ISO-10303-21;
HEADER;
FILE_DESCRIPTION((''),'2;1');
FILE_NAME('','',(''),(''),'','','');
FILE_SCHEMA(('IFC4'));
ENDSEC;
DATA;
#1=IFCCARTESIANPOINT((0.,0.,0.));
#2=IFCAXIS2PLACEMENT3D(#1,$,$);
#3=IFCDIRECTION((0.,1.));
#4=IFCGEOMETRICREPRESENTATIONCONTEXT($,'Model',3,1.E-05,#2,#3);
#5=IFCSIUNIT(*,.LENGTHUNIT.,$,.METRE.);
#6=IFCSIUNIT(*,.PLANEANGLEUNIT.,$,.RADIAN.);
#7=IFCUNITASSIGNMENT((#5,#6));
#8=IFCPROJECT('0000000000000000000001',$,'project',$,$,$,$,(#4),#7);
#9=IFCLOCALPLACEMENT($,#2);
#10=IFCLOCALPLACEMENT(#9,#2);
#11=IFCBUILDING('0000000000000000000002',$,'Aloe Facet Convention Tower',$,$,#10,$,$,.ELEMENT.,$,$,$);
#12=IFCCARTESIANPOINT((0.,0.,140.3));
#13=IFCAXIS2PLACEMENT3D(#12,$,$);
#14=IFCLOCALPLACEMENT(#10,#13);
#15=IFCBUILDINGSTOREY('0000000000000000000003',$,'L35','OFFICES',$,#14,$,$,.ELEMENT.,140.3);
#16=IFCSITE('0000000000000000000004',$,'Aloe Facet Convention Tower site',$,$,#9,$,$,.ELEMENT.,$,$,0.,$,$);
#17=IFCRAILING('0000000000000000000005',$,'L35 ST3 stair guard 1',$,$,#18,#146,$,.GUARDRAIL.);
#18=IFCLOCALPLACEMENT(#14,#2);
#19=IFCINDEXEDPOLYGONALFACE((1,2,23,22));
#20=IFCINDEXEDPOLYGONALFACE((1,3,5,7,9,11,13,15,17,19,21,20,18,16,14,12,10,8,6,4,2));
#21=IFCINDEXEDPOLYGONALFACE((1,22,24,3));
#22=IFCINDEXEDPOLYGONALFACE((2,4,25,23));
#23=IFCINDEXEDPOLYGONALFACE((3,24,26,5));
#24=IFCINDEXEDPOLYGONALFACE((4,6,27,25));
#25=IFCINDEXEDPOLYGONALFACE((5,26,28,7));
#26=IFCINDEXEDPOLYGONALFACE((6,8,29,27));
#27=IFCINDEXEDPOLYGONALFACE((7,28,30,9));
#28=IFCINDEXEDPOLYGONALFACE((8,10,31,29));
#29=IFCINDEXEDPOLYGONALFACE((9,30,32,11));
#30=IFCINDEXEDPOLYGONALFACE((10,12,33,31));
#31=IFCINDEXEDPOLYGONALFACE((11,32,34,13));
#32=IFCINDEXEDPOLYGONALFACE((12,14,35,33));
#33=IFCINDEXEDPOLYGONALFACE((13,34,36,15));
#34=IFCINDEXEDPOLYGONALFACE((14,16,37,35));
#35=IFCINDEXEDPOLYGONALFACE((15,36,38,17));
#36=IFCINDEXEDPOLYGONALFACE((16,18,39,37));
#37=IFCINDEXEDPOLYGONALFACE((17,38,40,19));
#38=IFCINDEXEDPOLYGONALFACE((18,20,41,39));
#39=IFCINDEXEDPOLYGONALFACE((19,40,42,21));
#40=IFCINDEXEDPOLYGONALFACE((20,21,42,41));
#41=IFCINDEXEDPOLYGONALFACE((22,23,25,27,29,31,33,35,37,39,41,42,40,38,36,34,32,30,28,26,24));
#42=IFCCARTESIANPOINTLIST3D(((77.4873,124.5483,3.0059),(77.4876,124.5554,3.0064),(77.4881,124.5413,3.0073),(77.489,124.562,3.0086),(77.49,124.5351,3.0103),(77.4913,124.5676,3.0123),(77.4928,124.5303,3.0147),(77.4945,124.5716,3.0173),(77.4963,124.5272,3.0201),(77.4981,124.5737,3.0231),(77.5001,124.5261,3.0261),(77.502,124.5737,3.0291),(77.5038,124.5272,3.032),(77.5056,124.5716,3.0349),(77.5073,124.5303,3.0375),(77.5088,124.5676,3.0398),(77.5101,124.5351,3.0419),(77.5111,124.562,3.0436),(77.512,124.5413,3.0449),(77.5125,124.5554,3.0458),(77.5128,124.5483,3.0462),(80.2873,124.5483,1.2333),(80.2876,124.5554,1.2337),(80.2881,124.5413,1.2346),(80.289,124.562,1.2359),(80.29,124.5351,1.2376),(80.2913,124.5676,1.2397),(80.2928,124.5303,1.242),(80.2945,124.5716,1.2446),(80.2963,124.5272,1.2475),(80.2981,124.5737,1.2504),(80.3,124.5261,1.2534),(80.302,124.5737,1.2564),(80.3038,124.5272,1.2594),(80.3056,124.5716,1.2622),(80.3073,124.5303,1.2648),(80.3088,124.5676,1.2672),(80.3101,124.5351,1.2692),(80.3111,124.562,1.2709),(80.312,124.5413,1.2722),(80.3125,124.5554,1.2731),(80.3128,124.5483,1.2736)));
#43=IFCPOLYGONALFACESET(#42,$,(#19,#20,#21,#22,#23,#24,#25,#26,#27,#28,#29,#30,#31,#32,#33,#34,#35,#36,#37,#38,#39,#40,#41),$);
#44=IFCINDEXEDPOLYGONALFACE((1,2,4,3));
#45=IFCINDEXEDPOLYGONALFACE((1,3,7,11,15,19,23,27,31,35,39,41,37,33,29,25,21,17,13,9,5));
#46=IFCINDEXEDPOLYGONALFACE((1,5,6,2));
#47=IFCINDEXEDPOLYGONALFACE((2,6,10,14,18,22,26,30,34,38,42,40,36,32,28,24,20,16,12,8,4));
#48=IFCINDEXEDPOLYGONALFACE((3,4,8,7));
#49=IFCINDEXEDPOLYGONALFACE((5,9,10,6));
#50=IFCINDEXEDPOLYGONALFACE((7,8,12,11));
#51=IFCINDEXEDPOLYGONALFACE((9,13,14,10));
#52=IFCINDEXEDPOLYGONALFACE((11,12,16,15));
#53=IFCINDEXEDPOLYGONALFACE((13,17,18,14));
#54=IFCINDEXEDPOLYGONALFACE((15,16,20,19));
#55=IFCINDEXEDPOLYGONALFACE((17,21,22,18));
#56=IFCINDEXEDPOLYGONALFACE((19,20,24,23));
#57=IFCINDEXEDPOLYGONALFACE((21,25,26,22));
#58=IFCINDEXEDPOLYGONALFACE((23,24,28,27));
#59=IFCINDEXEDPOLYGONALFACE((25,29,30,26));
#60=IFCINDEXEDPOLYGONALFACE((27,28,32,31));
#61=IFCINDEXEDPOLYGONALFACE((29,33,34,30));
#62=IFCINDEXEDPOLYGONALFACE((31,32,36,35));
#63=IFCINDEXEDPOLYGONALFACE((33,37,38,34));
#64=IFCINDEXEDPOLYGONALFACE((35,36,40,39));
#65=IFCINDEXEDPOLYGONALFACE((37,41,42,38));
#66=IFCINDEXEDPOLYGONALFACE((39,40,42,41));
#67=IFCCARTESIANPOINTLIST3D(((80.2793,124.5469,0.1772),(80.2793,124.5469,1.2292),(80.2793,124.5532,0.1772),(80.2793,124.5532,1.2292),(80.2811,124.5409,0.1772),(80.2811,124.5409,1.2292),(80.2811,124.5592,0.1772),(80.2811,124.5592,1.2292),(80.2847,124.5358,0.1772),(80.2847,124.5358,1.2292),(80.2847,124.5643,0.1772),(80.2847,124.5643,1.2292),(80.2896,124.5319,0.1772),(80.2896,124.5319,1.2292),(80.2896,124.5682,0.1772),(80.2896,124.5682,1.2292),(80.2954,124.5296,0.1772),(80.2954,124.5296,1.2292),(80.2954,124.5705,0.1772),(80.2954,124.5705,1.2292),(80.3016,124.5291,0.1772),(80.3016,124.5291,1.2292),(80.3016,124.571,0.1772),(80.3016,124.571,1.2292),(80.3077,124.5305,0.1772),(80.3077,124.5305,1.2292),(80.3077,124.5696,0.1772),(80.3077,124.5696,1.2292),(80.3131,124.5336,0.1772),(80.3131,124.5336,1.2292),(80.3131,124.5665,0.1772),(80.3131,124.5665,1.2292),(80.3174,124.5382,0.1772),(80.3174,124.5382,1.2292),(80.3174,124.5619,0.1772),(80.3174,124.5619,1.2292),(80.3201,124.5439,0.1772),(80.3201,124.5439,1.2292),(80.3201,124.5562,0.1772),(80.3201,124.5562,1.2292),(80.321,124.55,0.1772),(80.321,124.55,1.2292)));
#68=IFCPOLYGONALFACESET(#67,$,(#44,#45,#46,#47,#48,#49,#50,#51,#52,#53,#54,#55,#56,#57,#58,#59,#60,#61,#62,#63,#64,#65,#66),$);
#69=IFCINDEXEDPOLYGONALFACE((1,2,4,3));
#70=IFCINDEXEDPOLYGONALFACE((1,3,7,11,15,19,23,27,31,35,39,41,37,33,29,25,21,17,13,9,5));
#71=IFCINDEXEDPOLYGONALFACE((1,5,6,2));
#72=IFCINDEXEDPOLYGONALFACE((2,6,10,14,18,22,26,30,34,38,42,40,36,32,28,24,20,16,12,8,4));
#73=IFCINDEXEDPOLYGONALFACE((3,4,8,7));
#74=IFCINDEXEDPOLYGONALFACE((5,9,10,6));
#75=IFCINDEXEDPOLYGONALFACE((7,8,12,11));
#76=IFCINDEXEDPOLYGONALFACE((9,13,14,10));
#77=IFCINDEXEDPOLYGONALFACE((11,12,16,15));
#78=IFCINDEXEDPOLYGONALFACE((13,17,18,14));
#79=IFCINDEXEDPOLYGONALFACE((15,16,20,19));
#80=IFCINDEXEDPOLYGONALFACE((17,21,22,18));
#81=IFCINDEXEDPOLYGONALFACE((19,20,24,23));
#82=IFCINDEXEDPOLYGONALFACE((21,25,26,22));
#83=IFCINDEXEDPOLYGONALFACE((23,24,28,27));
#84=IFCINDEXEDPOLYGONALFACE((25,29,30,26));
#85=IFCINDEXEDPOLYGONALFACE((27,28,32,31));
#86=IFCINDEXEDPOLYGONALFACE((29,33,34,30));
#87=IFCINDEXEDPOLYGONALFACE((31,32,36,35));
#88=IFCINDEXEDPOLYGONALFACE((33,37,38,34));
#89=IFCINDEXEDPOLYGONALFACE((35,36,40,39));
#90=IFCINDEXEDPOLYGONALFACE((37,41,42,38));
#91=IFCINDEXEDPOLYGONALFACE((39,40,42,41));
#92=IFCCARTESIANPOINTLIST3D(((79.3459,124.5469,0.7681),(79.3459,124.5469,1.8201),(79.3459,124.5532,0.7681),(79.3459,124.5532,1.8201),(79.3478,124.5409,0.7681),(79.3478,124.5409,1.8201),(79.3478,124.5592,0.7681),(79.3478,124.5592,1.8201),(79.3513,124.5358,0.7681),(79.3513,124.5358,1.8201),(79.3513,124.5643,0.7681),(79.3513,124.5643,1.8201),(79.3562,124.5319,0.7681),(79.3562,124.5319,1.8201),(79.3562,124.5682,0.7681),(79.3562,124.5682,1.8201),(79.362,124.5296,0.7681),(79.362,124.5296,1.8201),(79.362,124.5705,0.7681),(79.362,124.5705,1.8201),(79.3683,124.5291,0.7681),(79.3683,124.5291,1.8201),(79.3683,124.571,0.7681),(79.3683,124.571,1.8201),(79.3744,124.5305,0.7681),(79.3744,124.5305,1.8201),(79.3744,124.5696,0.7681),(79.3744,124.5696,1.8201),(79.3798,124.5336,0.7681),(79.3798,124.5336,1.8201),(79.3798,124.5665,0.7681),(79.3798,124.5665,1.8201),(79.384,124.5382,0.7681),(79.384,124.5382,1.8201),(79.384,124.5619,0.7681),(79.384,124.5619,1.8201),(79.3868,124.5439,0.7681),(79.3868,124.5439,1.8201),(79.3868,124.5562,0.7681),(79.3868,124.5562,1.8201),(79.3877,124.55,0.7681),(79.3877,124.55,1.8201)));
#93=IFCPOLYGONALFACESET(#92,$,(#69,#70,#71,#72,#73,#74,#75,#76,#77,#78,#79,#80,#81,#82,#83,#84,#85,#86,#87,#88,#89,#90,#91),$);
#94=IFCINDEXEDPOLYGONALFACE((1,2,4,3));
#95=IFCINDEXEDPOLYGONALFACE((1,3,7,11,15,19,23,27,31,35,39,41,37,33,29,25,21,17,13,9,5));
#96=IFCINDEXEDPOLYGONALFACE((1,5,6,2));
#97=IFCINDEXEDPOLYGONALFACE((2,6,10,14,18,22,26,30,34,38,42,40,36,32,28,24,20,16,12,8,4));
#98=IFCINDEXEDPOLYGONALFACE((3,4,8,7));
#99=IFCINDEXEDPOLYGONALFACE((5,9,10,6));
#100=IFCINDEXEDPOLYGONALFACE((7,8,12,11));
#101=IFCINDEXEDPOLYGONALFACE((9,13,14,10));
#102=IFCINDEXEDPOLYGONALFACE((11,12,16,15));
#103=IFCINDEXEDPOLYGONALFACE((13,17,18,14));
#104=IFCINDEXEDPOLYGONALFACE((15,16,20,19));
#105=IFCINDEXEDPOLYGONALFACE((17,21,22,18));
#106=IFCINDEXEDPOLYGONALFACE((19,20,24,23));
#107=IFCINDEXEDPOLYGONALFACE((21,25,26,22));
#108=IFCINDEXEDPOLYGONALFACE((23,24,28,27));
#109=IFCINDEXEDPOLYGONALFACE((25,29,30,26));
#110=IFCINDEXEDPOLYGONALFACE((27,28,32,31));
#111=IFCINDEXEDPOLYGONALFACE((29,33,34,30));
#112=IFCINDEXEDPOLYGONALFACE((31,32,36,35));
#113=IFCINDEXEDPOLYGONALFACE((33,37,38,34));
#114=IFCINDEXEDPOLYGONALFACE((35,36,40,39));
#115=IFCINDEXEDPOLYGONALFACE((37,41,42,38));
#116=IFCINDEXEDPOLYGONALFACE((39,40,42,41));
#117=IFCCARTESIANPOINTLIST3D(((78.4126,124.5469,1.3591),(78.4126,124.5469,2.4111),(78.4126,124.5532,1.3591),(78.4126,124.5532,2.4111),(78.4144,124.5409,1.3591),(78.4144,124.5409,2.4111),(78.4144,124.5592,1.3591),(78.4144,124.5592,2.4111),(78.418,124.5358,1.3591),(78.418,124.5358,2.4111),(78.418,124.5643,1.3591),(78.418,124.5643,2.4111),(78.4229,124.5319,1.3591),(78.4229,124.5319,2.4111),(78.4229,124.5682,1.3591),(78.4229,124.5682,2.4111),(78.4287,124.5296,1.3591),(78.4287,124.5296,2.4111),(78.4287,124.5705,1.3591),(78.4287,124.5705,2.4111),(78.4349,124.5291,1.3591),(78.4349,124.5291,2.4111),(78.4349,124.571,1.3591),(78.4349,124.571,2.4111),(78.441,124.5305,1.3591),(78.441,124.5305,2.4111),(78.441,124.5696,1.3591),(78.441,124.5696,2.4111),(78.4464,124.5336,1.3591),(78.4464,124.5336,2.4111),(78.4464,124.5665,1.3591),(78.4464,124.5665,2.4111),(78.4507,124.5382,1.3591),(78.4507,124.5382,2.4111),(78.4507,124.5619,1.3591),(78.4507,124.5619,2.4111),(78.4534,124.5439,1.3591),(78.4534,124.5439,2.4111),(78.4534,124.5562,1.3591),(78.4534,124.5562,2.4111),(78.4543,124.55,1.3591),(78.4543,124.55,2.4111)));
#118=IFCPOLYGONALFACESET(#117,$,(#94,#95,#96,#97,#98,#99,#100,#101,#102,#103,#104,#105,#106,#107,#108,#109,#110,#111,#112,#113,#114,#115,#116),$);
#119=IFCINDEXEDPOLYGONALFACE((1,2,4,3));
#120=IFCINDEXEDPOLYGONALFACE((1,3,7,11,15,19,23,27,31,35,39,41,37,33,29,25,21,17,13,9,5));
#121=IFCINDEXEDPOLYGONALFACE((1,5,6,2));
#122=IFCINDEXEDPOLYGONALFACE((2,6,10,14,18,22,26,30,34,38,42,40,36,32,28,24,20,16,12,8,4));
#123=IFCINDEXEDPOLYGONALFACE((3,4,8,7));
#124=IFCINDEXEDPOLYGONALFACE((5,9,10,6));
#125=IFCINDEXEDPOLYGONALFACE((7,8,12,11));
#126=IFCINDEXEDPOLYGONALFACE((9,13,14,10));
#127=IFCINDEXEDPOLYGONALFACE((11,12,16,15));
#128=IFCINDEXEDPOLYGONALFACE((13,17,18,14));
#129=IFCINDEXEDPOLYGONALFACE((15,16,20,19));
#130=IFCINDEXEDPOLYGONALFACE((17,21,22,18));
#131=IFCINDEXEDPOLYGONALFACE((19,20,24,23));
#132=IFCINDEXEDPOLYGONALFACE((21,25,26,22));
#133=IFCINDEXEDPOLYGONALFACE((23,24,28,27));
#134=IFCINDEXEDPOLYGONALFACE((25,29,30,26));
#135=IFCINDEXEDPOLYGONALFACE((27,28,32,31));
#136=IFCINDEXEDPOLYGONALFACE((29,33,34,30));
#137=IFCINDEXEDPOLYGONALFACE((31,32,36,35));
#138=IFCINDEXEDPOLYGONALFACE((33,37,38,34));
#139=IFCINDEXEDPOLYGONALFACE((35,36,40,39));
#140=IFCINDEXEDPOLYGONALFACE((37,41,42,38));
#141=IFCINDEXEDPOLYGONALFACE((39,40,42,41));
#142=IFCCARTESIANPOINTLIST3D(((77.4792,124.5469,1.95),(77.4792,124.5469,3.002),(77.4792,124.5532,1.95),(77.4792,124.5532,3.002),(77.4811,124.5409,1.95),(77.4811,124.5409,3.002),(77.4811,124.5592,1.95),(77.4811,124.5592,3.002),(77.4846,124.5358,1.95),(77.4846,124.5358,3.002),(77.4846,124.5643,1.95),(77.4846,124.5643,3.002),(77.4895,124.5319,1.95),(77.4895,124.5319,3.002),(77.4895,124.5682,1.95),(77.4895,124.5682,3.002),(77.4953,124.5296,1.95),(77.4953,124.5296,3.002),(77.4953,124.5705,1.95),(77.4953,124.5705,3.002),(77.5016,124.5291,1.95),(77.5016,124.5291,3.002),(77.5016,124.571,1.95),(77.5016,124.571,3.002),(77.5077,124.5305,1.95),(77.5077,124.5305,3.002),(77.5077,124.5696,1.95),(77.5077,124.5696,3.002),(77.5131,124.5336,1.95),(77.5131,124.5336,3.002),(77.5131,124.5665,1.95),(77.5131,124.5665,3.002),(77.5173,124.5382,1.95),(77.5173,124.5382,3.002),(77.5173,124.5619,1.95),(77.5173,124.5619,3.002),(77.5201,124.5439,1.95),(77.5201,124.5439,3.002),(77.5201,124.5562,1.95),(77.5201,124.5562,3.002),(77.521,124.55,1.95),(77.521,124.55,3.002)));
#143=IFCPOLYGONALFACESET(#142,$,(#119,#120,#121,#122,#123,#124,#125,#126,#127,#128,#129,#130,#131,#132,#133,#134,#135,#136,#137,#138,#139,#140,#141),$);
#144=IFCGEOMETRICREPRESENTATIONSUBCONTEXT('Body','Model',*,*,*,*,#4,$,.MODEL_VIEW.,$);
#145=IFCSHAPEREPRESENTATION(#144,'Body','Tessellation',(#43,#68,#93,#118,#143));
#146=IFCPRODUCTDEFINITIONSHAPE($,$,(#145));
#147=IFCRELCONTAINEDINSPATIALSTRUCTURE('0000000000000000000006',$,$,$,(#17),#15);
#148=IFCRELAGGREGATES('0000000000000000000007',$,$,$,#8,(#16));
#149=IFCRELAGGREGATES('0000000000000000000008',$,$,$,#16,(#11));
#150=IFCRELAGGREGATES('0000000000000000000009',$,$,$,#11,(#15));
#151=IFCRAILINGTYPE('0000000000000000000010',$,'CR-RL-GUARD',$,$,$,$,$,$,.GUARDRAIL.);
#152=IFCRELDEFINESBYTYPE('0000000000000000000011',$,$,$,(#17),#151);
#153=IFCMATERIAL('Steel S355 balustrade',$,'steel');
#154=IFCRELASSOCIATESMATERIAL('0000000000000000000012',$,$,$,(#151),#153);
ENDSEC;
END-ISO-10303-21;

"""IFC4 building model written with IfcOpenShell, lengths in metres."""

from ifc_helpers import new_model, si_unit, direction, frame, origin, origin_2d, place, context, subcontext, project, spatial, circle, extrude, material, type_object, element, save


model = new_model("IFC4")

# Units and contexts
model_context = context("Model", 3, precision=1e-05, world=origin(), true_north=direction((0.0, 1.0)))
body_context = subcontext(model_context, "Body", "Model", "MODEL_VIEW")
ifc_project = project(units=[si_unit("LENGTHUNIT", "METRE"), si_unit("PLANEANGLEUNIT", "RADIAN")], contexts=[model_context])

# Site, building, storey
site_placement = place(None, origin())
site = spatial("IfcSite", under=ifc_project, at=site_placement, Name="Aloe Facet Convention Tower site", CompositionType="ELEMENT", RefElevation=0.0)
building_placement = place(site_placement, origin())
building = spatial("IfcBuilding", under=site, at=building_placement, Name="Aloe Facet Convention Tower", CompositionType="ELEMENT")
storey_placement = place(building_placement, frame((0.0, 0.0, 140.3)))
storey = spatial("IfcBuildingStorey", under=building, at=storey_placement, Name="L35", Description="OFFICES", CompositionType="ELEMENT", Elevation=140.3)

# Railing
ifc_material_1 = material(Name="Steel S355 balustrade", Category="steel")
railing_type_1 = type_object("IfcRailingType", Name="CR-RL-GUARD", PredefinedType="GUARDRAIL", material=ifc_material_1)
railing_1_placement = place(storey_placement, frame((80.3, 124.55, 0.1772)))
element("IfcRailing", 1, at=railing_1_placement, inside=storey, type_object=railing_type_1, Name="L35 ST3 stair guard 1", PredefinedType="GUARDRAIL", context=body_context, shape_type="SweptSolid", body=[
    extrude(circle(Radius=0.0239, at=origin_2d()), frame((0.0, 0.0, 1.0762), z_axis=(-0.844909, 0.0, 0.53491), x_axis=(0.0, -1.0, 0.0)), (0.0, 0.0, 1.0), 3.314),
    extrude(circle(Radius=0.021, at=origin_2d()), origin(), (0.0, 0.0, 1.0), 1.052),
    extrude(circle(Radius=0.021, at=origin_2d()), frame((-0.9333, 0.0, 0.5908)), (0.0, 0.0, 1.0), 1.052),
    extrude(circle(Radius=0.021, at=origin_2d()), frame((-1.8667, 0.0, 1.1819)), (0.0, 0.0, 1.0), 1.052),
    extrude(circle(Radius=0.021, at=origin_2d()), frame((-2.8, 0.0, 1.7727)), (0.0, 0.0, 1.0), 1.052),
])

save(model, "model.ifc")
